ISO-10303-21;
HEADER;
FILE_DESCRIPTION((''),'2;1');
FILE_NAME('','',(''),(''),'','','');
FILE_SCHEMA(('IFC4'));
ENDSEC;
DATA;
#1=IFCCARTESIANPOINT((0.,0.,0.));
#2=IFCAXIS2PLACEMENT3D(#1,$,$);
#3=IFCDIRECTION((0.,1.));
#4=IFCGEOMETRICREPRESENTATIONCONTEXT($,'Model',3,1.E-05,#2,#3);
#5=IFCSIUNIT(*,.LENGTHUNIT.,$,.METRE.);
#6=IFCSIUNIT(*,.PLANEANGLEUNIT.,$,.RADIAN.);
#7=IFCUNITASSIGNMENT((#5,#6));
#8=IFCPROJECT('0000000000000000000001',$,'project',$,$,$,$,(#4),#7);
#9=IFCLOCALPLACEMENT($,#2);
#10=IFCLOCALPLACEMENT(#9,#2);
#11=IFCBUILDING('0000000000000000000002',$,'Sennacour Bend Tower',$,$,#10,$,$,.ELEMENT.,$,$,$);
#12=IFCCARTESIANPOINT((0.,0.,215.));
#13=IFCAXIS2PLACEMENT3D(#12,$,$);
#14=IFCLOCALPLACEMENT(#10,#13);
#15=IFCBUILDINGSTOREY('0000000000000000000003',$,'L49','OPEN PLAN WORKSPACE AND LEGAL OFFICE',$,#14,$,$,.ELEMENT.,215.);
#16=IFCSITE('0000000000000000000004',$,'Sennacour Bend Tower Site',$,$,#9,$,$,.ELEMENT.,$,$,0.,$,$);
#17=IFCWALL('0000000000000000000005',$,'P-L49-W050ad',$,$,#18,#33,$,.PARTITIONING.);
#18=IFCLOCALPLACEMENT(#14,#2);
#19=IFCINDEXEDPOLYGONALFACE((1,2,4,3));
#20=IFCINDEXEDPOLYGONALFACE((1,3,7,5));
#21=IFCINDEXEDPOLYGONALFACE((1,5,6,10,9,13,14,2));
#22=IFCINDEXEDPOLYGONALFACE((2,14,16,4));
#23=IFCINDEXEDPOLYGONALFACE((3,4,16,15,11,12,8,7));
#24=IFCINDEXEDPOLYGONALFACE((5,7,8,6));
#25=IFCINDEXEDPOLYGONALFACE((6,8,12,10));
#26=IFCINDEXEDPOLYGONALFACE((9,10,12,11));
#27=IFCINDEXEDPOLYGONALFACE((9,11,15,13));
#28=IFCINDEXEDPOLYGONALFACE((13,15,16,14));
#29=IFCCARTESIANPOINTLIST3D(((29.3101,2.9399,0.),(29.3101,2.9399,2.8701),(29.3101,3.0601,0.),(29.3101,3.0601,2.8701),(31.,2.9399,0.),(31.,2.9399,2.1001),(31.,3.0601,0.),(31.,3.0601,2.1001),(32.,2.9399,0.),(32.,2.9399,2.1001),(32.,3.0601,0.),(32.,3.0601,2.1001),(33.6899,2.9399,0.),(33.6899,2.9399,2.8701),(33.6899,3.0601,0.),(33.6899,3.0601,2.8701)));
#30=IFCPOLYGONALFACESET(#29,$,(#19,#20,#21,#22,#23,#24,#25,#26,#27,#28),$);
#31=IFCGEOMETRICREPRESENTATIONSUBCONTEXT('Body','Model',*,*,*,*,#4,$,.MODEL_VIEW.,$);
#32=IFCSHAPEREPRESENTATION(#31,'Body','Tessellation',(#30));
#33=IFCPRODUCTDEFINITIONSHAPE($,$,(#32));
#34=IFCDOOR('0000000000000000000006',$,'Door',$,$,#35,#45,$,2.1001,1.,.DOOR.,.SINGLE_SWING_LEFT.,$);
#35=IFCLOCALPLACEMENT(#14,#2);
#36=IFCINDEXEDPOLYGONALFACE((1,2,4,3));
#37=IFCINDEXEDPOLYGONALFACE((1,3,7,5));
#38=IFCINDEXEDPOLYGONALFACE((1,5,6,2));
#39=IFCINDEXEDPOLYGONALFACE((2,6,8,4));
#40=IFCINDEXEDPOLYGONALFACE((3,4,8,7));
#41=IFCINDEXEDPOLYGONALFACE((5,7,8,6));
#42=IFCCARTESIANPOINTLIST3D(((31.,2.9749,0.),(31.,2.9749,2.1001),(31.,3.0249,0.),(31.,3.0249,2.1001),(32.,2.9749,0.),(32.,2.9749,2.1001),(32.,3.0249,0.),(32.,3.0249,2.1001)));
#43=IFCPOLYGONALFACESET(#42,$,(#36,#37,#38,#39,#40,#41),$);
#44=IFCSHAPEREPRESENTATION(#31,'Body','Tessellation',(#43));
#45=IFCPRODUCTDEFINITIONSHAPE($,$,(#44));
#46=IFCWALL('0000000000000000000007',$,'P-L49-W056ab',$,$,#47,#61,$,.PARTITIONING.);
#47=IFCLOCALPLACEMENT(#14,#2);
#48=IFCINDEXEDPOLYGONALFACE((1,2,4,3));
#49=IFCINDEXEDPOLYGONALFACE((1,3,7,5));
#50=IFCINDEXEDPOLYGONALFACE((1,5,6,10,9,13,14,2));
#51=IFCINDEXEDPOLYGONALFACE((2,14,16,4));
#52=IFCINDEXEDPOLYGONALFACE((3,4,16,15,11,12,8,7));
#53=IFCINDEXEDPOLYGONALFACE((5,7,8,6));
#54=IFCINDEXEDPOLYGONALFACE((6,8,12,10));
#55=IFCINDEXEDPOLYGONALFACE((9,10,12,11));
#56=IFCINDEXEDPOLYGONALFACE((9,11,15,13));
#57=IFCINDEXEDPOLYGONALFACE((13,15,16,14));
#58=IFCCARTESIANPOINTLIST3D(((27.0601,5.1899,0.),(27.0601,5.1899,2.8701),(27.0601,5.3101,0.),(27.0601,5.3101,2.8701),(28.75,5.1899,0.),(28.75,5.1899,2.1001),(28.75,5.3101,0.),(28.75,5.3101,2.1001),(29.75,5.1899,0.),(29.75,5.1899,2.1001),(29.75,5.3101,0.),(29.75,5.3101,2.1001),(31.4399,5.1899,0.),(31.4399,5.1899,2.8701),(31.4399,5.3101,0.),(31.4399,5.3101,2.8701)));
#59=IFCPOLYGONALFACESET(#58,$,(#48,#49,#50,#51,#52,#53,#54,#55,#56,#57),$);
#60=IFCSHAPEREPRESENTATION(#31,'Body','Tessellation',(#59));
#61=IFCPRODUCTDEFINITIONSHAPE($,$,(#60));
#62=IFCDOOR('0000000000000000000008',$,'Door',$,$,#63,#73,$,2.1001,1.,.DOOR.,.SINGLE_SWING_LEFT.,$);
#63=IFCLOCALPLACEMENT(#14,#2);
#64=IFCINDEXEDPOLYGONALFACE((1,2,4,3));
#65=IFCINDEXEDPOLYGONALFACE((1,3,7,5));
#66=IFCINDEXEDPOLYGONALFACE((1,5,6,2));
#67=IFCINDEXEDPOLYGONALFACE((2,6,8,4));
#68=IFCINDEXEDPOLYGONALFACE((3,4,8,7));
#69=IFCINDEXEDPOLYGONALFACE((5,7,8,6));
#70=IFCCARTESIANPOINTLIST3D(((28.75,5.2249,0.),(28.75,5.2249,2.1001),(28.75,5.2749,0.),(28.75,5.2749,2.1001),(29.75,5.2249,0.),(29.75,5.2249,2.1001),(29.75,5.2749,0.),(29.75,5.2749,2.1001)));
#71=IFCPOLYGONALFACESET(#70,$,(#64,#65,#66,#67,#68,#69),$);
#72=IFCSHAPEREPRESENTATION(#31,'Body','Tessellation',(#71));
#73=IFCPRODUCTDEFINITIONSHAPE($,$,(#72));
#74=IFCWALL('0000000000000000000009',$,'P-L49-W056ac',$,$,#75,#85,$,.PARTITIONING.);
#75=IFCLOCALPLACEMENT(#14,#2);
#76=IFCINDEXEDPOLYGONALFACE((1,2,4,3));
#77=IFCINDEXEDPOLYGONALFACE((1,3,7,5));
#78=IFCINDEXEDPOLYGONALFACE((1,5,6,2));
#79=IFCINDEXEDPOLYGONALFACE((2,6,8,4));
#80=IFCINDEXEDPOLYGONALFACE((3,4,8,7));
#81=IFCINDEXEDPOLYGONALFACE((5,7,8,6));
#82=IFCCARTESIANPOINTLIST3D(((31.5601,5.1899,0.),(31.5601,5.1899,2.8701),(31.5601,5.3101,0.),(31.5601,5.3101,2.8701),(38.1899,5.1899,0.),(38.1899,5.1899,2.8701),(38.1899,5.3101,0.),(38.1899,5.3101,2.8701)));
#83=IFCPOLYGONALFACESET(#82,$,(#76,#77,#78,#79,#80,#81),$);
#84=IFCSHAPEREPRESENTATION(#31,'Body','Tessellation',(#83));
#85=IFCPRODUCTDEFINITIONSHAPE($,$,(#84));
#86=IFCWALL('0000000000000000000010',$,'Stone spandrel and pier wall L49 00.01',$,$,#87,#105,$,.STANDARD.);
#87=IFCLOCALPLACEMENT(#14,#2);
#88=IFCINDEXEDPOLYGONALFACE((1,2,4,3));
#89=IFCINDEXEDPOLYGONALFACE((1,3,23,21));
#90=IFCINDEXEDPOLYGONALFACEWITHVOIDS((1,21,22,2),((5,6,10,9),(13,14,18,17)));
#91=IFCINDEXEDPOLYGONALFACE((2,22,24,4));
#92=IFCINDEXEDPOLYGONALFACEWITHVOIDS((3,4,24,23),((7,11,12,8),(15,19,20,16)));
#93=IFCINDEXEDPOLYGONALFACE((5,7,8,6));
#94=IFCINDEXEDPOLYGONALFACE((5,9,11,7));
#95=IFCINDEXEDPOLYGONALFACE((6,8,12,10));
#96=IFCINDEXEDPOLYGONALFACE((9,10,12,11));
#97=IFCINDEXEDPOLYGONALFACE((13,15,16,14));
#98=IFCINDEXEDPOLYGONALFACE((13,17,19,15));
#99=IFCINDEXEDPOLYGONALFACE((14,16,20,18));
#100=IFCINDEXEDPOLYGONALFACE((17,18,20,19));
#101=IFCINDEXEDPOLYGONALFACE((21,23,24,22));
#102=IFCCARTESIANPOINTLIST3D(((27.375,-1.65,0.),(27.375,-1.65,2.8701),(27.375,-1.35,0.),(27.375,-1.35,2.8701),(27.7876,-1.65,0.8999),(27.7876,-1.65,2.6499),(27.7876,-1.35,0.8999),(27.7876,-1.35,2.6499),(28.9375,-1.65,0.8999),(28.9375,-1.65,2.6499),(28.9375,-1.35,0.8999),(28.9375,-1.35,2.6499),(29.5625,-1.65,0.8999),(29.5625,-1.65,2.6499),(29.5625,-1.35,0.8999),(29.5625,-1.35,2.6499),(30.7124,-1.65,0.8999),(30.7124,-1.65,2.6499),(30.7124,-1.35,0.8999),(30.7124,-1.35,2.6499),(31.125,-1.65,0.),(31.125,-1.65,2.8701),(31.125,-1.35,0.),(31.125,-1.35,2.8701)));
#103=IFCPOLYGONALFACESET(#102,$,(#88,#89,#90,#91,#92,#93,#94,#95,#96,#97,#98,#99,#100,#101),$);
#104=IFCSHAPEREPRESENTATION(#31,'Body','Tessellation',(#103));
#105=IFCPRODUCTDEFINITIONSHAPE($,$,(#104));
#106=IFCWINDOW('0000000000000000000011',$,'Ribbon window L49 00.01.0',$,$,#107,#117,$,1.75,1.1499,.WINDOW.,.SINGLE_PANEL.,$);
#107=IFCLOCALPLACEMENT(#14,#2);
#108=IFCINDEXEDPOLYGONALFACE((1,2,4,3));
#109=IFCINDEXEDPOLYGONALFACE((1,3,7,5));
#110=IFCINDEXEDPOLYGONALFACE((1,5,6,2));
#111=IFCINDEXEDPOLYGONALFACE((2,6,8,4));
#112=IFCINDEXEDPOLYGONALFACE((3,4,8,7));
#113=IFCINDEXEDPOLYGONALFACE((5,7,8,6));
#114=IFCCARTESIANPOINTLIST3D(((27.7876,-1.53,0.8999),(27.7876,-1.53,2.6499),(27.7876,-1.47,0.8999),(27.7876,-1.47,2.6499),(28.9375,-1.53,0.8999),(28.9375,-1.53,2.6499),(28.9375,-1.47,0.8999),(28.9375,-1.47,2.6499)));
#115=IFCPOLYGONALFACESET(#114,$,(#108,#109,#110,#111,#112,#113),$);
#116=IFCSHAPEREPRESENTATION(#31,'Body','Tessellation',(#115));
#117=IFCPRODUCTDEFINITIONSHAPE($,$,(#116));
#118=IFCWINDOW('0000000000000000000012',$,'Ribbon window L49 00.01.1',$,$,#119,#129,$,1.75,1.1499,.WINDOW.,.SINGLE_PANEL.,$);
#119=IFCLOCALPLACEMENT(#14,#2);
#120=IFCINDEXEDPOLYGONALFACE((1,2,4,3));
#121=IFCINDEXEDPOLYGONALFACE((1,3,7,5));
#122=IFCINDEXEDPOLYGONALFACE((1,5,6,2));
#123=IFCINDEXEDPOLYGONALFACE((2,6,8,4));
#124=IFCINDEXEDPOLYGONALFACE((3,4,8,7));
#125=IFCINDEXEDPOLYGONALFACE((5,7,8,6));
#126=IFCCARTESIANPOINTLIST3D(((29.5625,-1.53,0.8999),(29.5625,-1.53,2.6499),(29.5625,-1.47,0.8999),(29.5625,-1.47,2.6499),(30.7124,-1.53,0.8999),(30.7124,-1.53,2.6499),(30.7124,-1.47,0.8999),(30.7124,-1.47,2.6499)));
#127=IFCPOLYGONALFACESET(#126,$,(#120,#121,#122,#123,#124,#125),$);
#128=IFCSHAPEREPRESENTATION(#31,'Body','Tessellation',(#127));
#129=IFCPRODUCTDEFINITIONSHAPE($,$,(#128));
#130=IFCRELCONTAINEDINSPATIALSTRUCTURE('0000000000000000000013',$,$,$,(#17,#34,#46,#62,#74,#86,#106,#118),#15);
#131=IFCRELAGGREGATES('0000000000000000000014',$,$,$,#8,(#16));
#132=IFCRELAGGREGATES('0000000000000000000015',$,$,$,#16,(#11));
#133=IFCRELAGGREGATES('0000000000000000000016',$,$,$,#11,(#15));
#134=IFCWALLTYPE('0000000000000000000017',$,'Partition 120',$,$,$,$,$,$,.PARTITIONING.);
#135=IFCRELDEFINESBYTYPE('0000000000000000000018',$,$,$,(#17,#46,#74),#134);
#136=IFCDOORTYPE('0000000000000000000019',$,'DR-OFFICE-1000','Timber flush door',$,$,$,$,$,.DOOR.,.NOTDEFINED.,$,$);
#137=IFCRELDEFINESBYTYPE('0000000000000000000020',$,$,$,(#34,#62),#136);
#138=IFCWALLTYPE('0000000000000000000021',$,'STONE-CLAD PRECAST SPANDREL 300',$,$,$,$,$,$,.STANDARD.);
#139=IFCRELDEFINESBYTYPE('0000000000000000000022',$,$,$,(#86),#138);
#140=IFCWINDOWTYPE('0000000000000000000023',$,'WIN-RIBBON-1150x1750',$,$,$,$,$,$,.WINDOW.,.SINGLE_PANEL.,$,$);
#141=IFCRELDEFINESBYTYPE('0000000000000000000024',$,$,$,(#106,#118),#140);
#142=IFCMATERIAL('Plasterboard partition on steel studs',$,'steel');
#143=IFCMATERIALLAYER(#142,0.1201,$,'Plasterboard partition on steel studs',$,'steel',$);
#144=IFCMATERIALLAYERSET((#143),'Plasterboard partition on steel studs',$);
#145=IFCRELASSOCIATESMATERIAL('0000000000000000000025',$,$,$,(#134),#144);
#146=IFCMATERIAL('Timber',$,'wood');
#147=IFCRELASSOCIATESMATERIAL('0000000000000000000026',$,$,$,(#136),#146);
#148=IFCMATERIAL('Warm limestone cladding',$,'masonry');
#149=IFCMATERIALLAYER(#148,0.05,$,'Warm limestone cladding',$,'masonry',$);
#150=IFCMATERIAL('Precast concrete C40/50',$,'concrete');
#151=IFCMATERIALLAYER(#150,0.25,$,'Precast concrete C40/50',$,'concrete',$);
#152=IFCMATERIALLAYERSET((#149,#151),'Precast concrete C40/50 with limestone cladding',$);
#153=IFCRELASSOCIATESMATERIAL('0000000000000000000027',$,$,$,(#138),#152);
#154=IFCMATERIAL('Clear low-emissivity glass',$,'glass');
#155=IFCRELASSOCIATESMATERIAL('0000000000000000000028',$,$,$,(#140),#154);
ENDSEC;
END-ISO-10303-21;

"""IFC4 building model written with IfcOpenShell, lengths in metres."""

from ifc_helpers import new_model, si_unit, direction, frame, frame_2d, origin, place, context, subcontext, project, spatial, rectangle, extrude, material, layer, layer_set, type_object, element, fill, save


model = new_model("IFC4")

# Units and contexts
model_context = context("Model", 3, precision=1e-05, world=origin(), true_north=direction((0.0, 1.0)))
body_context = subcontext(model_context, "Body", "Model", "MODEL_VIEW")
ifc_project = project(units=[si_unit("LENGTHUNIT", "METRE"), si_unit("PLANEANGLEUNIT", "RADIAN")], contexts=[model_context])

# Site, building, storey
site_placement = place(None, origin())
site = spatial("IfcSite", under=ifc_project, at=site_placement, Name="Sennacour Bend Tower Site", CompositionType="ELEMENT", RefElevation=0.0)
building_placement = place(site_placement, origin())
building = spatial("IfcBuilding", under=site, at=building_placement, Name="Sennacour Bend Tower", CompositionType="ELEMENT")
storey_placement = place(building_placement, frame((0.0, 0.0, 215.0)))
storey = spatial("IfcBuildingStorey", under=building, at=storey_placement, Name="L49", Description="OPEN PLAN WORKSPACE AND LEGAL OFFICE", CompositionType="ELEMENT", Elevation=215.0)

# Shared definitions
ifc_material_1 = material(Name="Plasterboard partition on steel studs", Category="steel")
ifc_layer_1 = layer(ifc_material_1, 0.1201, Name="Plasterboard partition on steel studs", Category="steel")
ifc_layer_set_1 = layer_set([ifc_layer_1], Name="Plasterboard partition on steel studs")
wall_type_1 = type_object("IfcWallType", Name="Partition 120", PredefinedType="PARTITIONING", material=ifc_layer_set_1)

# Walls, openings, doors
wall_1_placement = place(storey_placement, frame((29.3101, 3.0, 0.0), z_axis=(0.0, 0.0, 1.0), x_axis=(1.0, 0.0, 0.0)))
wall_1 = element("IfcWall", 1, at=wall_1_placement, inside=storey, type_object=wall_type_1, Name="P-L49-W050ad", PredefinedType="PARTITIONING", context=body_context, shape_type="SweptSolid", body=[
    extrude(rectangle(XDim=4.3799, YDim=0.1201, at=frame_2d((2.1899, 0.0))), origin(), (0.0, 0.0, 1.0), 2.8701),
])
opening_1_placement = place(wall_1_placement, frame((1.6899, 0.0, 0.0)))
opening_1 = element("IfcOpeningElement", 2, at=opening_1_placement, cuts=wall_1, PredefinedType="OPENING", context=body_context, shape_type="SweptSolid", body=[
    extrude(rectangle(XDim=1.0, YDim=2.1001, at=frame_2d((0.5, 1.05))), frame((0.0, 0.0701, 0.0), z_axis=(0.0, -1.0, 0.0), x_axis=(1.0, 0.0, 0.0)), (0.0, 0.0, 1.0), 0.1401),
])
ifc_material_2 = material(Name="Timber", Category="wood")
door_type = type_object("IfcDoorType", Name="DR-OFFICE-1000", Description="Timber flush door", OperationType="NOTDEFINED", PredefinedType="DOOR", material=ifc_material_2)
door_1_placement = place(opening_1_placement, origin())
door_1 = element("IfcDoor", 3, at=door_1_placement, inside=storey, type_object=door_type, Name="Door", OperationType="SINGLE_SWING_LEFT", OverallHeight=2.1001, OverallWidth=1.0, PredefinedType="DOOR", context=body_context, shape_type="SweptSolid", body=[
    extrude(rectangle(XDim=1.0, YDim=2.1001, at=frame_2d((0.5, 1.05))), frame((0.0, 0.0249, 0.0), z_axis=(0.0, -1.0, 0.0), x_axis=(1.0, 0.0, 0.0)), (0.0, 0.0, 1.0), 0.05),
])
fill(opening_1, door_1)
wall_2_placement = place(storey_placement, frame((27.0601, 5.25, 0.0), z_axis=(0.0, 0.0, 1.0), x_axis=(1.0, 0.0, 0.0)))
wall_2 = element("IfcWall", 4, at=wall_2_placement, inside=storey, type_object=wall_type_1, Name="P-L49-W056ab", PredefinedType="PARTITIONING", context=body_context, shape_type="SweptSolid", body=[
    extrude(rectangle(XDim=4.3799, YDim=0.1201, at=frame_2d((2.1899, 0.0))), origin(), (0.0, 0.0, 1.0), 2.8701),
])
opening_2_placement = place(wall_2_placement, frame((1.6899, 0.0, 0.0)))
opening_2 = element("IfcOpeningElement", 5, at=opening_2_placement, cuts=wall_2, PredefinedType="OPENING", context=body_context, shape_type="SweptSolid", body=[
    extrude(rectangle(XDim=1.0, YDim=2.1001, at=frame_2d((0.5, 1.05))), frame((0.0, 0.0701, 0.0), z_axis=(0.0, -1.0, 0.0), x_axis=(1.0, 0.0, 0.0)), (0.0, 0.0, 1.0), 0.1401),
])
door_2_placement = place(opening_2_placement, origin())
door_2 = element("IfcDoor", 6, at=door_2_placement, inside=storey, type_object=door_type, Name="Door", OperationType="SINGLE_SWING_LEFT", OverallHeight=2.1001, OverallWidth=1.0, PredefinedType="DOOR", context=body_context, shape_type="SweptSolid", body=[
    extrude(rectangle(XDim=1.0, YDim=2.1001, at=frame_2d((0.5, 1.05))), frame((0.0, 0.0249, 0.0), z_axis=(0.0, -1.0, 0.0), x_axis=(1.0, 0.0, 0.0)), (0.0, 0.0, 1.0), 0.05),
])
fill(opening_2, door_2)

# Wall
wall_3_placement = place(storey_placement, frame((31.5601, 5.25, 0.0), z_axis=(0.0, 0.0, 1.0), x_axis=(1.0, 0.0, 0.0)))
element("IfcWall", 7, at=wall_3_placement, inside=storey, type_object=wall_type_1, Name="P-L49-W056ac", PredefinedType="PARTITIONING", context=body_context, shape_type="SweptSolid", body=[
    extrude(rectangle(XDim=6.6299, YDim=0.1201, at=frame_2d((3.3149, 0.0))), origin(), (0.0, 0.0, 1.0), 2.8701),
])

# Wall, openings, windows
ifc_material_3 = material(Name="Warm limestone cladding", Category="masonry")
ifc_layer_2 = layer(ifc_material_3, 0.05, Name="Warm limestone cladding", Category="masonry")
ifc_material_4 = material(Name="Precast concrete C40/50", Category="concrete")
ifc_layer_3 = layer(ifc_material_4, 0.25, Name="Precast concrete C40/50", Category="concrete")
ifc_layer_set_2 = layer_set([ifc_layer_2, ifc_layer_3], Name="Precast concrete C40/50 with limestone cladding")
wall_type_2 = type_object("IfcWallType", Name="STONE-CLAD PRECAST SPANDREL 300", PredefinedType="STANDARD", material=ifc_layer_set_2)
wall_4_placement = place(storey_placement, frame((27.375, -1.5, 0.0), z_axis=(0.0, 0.0, 1.0), x_axis=(1.0, 0.0, 0.0)))
wall_4 = element("IfcWall", 8, at=wall_4_placement, inside=storey, type_object=wall_type_2, Name="Stone spandrel and pier wall L49 00.01", PredefinedType="STANDARD", context=body_context, shape_type="SweptSolid", body=[
    extrude(rectangle(XDim=3.75, YDim=0.3, at=frame_2d((1.875, 0.0))), origin(), (0.0, 0.0, 1.0), 2.8701),
])
opening_3_placement = place(wall_4_placement, frame((0.4126, 0.0, 0.8999)))
opening_3 = element("IfcOpeningElement", 9, at=opening_3_placement, cuts=wall_4, PredefinedType="OPENING", context=body_context, shape_type="SweptSolid", body=[
    extrude(rectangle(XDim=1.1499, YDim=1.75, at=frame_2d((0.575, 0.875))), frame((0.0, 0.1602, 0.0), z_axis=(0.0, -1.0, 0.0), x_axis=(1.0, 0.0, 0.0)), (0.0, 0.0, 1.0), 0.3201),
])
opening_4_placement = place(wall_4_placement, frame((2.1875, 0.0, 0.8999)))
opening_4 = element("IfcOpeningElement", 10, at=opening_4_placement, cuts=wall_4, PredefinedType="OPENING", context=body_context, shape_type="SweptSolid", body=[
    extrude(rectangle(XDim=1.1499, YDim=1.75, at=frame_2d((0.575, 0.875))), frame((0.0, 0.1602, 0.0), z_axis=(0.0, -1.0, 0.0), x_axis=(1.0, 0.0, 0.0)), (0.0, 0.0, 1.0), 0.3201),
])
ifc_material_5 = material(Name="Clear low-emissivity glass", Category="glass")
window_type = type_object("IfcWindowType", Name="WIN-RIBBON-1150x1750", PartitioningType="SINGLE_PANEL", PredefinedType="WINDOW", material=ifc_material_5)
window_1_placement = place(opening_3_placement, origin())
window_1 = element("IfcWindow", 11, at=window_1_placement, inside=storey, type_object=window_type, Name="Ribbon window L49 00.01.0", OverallHeight=1.75, OverallWidth=1.1499, PartitioningType="SINGLE_PANEL", PredefinedType="WINDOW", context=body_context, shape_type="SweptSolid", body=[
    extrude(rectangle(XDim=1.1499, YDim=1.75, at=frame_2d((0.575, 0.875))), frame((0.0, 0.03, 0.0), z_axis=(0.0, -1.0, 0.0), x_axis=(1.0, 0.0, 0.0)), (0.0, 0.0, 1.0), 0.0601),
])
fill(opening_3, window_1)
window_2_placement = place(opening_4_placement, origin())
window_2 = element("IfcWindow", 12, at=window_2_placement, inside=storey, type_object=window_type, Name="Ribbon window L49 00.01.1", OverallHeight=1.75, OverallWidth=1.1499, PartitioningType="SINGLE_PANEL", PredefinedType="WINDOW", context=body_context, shape_type="SweptSolid", body=[
    extrude(rectangle(XDim=1.1499, YDim=1.75, at=frame_2d((0.575, 0.875))), frame((0.0, 0.03, 0.0), z_axis=(0.0, -1.0, 0.0), x_axis=(1.0, 0.0, 0.0)), (0.0, 0.0, 1.0), 0.0601),
])
fill(opening_4, window_2)

save(model, "model.ifc")
